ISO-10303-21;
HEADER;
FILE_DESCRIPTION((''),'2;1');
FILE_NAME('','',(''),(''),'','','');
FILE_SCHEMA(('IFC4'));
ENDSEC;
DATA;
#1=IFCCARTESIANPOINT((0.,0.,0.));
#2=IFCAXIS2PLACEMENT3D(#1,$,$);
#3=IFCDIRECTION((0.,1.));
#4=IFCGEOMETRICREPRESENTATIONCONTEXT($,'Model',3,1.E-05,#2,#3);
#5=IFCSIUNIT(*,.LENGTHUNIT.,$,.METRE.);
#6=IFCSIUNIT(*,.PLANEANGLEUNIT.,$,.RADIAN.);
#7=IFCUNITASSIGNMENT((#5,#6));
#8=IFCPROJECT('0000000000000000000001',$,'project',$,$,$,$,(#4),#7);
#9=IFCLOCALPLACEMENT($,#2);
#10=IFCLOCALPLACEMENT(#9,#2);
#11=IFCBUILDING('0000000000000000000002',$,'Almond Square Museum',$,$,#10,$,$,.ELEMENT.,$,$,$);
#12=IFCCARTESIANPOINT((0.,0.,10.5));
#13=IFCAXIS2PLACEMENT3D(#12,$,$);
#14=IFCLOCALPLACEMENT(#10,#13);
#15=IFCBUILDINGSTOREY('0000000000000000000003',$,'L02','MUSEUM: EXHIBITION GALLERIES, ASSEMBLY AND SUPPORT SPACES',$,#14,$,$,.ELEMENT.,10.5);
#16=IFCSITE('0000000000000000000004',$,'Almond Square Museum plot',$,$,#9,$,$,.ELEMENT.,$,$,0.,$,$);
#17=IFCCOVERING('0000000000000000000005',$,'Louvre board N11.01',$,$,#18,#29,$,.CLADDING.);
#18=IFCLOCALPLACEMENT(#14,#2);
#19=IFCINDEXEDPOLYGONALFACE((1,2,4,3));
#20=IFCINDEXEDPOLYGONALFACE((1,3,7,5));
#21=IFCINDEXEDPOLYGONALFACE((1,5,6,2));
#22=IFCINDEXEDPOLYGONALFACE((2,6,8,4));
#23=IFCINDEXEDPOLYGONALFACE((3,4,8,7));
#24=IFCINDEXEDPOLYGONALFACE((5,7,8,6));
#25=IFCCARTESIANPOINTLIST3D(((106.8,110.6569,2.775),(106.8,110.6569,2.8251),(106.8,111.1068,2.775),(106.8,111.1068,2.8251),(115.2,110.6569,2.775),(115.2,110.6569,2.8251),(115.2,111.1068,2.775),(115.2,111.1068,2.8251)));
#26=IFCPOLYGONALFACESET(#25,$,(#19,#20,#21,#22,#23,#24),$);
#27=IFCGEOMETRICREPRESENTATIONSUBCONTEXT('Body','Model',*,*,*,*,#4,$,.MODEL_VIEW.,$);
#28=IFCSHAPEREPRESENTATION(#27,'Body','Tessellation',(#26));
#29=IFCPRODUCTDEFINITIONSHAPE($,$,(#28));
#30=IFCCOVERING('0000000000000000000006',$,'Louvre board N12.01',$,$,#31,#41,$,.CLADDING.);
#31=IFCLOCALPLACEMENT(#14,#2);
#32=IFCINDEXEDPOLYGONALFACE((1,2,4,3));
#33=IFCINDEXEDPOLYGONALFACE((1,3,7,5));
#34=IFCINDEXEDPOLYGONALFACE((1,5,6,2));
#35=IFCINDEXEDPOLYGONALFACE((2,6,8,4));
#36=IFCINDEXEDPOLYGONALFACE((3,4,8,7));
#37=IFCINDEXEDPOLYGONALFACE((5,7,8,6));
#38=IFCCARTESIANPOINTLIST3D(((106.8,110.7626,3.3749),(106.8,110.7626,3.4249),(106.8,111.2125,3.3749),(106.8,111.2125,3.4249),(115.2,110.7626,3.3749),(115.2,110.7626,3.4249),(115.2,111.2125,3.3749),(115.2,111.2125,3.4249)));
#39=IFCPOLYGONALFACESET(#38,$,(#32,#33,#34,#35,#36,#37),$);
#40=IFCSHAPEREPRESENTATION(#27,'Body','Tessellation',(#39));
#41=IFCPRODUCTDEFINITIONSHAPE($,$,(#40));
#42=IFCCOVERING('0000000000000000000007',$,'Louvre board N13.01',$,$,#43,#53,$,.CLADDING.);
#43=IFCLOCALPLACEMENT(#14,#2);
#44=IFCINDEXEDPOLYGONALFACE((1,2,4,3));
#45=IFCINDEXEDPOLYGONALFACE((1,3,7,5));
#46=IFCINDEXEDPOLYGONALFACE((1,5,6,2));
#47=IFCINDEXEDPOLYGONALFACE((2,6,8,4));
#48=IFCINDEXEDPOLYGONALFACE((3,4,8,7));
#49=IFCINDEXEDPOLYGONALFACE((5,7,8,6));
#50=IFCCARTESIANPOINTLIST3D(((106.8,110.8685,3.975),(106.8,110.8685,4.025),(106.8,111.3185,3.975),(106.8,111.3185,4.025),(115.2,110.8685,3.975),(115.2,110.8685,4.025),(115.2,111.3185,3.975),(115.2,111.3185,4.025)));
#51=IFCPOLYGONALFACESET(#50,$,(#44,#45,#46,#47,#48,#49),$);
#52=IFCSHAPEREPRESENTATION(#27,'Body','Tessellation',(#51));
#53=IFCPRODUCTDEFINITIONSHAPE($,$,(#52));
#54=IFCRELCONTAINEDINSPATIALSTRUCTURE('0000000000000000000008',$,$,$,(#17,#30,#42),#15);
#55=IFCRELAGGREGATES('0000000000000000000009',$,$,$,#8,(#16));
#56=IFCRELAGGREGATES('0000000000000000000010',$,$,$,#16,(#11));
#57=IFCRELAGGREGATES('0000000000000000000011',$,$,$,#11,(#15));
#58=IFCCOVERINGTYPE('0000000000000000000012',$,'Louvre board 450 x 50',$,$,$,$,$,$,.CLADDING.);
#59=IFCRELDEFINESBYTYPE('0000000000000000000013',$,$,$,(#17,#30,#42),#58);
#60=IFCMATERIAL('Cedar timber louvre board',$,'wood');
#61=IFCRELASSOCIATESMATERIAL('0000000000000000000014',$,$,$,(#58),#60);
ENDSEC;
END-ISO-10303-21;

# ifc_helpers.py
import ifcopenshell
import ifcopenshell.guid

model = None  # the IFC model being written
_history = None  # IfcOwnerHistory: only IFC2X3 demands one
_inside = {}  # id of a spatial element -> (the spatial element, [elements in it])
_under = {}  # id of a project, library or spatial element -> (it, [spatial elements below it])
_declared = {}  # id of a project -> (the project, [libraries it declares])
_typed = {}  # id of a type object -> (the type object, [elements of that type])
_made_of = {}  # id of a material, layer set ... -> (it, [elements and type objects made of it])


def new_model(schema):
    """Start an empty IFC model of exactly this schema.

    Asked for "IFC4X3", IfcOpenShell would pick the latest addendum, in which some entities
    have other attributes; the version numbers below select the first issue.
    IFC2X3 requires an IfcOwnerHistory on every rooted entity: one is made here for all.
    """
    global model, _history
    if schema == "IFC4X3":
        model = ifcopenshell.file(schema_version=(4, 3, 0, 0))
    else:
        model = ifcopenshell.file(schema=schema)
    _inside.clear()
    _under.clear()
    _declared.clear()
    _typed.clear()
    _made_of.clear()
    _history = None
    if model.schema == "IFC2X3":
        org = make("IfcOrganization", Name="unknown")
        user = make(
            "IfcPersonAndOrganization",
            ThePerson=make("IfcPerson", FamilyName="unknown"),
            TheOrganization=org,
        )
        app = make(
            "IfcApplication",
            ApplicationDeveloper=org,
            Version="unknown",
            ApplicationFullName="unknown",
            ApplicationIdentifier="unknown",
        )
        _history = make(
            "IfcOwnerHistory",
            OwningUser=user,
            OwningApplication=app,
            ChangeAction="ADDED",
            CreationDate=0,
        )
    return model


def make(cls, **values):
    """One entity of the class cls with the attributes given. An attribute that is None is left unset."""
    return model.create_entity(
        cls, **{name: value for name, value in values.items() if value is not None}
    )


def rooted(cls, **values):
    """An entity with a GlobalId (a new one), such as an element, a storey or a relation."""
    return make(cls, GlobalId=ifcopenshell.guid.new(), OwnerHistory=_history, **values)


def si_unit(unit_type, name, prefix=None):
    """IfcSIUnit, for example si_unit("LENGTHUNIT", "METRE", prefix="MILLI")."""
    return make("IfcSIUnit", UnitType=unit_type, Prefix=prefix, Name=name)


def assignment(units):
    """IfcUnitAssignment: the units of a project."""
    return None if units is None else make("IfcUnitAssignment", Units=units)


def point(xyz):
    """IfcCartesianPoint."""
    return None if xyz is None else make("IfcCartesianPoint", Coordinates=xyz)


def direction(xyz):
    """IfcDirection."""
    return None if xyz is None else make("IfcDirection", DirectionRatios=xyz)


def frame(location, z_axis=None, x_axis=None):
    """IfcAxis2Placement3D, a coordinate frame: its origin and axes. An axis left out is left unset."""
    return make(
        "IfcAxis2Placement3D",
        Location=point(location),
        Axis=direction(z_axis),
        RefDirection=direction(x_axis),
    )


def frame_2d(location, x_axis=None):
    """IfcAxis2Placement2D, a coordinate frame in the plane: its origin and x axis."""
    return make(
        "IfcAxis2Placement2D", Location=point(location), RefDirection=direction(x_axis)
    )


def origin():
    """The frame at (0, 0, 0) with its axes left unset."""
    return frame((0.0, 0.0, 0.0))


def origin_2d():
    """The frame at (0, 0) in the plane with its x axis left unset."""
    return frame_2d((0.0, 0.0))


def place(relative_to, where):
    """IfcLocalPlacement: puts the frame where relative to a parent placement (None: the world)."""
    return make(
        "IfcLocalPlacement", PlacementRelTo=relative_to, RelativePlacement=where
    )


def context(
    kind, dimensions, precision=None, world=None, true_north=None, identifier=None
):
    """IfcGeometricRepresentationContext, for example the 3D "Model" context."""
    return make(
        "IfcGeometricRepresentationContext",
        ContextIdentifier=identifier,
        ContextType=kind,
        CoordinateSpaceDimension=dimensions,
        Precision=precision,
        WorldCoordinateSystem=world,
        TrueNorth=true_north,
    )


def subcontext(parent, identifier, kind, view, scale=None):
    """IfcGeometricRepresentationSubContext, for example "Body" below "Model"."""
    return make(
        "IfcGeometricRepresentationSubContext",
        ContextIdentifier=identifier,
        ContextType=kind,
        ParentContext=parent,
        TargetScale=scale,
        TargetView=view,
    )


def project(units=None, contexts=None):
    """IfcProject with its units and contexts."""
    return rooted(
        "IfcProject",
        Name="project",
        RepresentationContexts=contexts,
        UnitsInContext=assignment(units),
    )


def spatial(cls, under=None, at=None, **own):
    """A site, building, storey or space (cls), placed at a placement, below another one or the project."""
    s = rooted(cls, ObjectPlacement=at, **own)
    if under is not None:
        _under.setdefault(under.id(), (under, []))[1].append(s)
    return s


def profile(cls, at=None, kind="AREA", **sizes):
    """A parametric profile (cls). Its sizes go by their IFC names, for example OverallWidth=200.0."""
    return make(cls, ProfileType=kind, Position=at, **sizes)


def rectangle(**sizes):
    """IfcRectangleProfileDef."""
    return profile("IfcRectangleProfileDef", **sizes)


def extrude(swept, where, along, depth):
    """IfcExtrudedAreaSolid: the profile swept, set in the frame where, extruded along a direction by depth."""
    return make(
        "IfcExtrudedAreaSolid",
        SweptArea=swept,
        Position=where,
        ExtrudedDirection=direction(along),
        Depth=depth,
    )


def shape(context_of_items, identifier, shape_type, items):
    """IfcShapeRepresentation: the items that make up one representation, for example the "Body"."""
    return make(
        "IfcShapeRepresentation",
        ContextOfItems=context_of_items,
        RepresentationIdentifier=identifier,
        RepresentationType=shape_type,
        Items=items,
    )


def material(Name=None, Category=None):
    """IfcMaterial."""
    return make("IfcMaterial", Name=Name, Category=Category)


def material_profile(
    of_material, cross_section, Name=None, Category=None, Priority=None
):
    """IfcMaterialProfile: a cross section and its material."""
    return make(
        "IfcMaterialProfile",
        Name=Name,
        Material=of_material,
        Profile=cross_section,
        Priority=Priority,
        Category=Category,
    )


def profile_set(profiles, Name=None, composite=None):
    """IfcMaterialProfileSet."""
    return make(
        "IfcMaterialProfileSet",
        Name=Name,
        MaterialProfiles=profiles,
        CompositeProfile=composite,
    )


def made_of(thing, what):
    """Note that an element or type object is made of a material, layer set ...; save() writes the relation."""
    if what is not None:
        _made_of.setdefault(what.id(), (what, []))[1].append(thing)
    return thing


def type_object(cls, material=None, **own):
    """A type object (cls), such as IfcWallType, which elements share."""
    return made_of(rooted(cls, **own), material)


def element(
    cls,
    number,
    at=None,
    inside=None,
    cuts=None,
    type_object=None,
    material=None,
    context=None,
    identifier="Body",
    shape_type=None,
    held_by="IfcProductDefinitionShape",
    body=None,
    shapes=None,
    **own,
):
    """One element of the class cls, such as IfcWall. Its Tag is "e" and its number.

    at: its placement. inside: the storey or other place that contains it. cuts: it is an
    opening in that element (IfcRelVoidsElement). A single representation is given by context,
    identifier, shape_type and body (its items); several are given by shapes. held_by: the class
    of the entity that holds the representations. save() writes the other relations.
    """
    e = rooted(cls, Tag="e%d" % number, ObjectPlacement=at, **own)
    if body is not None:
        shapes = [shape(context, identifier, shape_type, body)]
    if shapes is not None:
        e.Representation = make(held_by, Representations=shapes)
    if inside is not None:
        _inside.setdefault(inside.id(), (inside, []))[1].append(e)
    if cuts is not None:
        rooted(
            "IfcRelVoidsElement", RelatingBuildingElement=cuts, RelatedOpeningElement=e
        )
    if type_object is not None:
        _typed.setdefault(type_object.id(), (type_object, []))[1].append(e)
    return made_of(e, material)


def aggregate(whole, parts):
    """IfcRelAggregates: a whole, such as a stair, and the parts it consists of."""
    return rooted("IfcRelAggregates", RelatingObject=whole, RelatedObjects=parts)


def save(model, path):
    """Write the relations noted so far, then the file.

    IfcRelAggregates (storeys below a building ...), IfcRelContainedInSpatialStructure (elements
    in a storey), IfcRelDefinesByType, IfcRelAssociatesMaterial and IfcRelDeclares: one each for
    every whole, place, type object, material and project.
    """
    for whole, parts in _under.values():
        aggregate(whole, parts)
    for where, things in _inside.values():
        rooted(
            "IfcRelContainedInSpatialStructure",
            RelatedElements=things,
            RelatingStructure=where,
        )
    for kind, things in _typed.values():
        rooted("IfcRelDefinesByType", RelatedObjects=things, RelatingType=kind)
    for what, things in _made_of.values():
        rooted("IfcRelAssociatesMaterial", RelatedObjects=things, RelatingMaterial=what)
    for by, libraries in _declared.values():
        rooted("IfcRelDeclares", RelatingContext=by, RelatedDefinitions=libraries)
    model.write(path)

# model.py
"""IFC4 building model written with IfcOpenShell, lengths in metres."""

from ifc_helpers import new_model, si_unit, direction, frame, origin, origin_2d, place, context, subcontext, project, spatial, rectangle, extrude, material, material_profile, profile_set, type_object, element, save


model = new_model("IFC4")

# Units and contexts
model_context = context("Model", 3, precision=1e-05, world=origin(), true_north=direction((0.0, 1.0)))
body_context = subcontext(model_context, "Body", "Model", "MODEL_VIEW")
ifc_project = project(units=[si_unit("LENGTHUNIT", "METRE"), si_unit("PLANEANGLEUNIT", "RADIAN")], contexts=[model_context])

# Site, building, storey
site_placement = place(None, origin())
site = spatial("IfcSite", under=ifc_project, at=site_placement, Name="Almond Square Museum plot", CompositionType="ELEMENT", RefElevation=0.0)
building_placement = place(site_placement, origin())
building = spatial("IfcBuilding", under=site, at=building_placement, Name="Almond Square Museum", CompositionType="ELEMENT")
storey_placement = place(building_placement, frame((0.0, 0.0, 10.5)))
storey = spatial("IfcBuildingStorey", under=building, at=storey_placement, Name="L02", Description="MUSEUM: EXHIBITION GALLERIES, ASSEMBLY AND SUPPORT SPACES", CompositionType="ELEMENT", Elevation=10.5)

# Coverings
ifc_material_1 = material(Name="Cedar timber louvre board", Category="wood")
ifc_material_profile_1 = material_profile(ifc_material_1, rectangle(XDim=0.45, YDim=0.05, at=origin_2d()))
ifc_profile_set_1 = profile_set([ifc_material_profile_1], Name="Cedar timber louvre board")
covering_type = type_object("IfcCoveringType", Name="Louvre board 450 x 50", PredefinedType="CLADDING", material=ifc_profile_set_1)
for number, where, z_axis, x_axis, name in (
    (1, (106.8, 110.8818, 2.8), (1.0, 0.0, 0.0), (0.0, 1.0, 0.0), "Louvre board N11.01"),
    (2, (106.8, 110.9875, 3.3999), (1.0, 0.0, 0.0), (0.0, 1.0, 0.0), "Louvre board N12.01"),
    (3, (106.8, 111.0935, 4.0), (1.0, 0.0, 0.0), (0.0, 1.0, 0.0), "Louvre board N13.01"),
):
    element("IfcCovering", number, at=place(storey_placement, frame(where, z_axis=z_axis, x_axis=x_axis)), inside=storey, type_object=covering_type, Name=name, PredefinedType="CLADDING", context=body_context, shape_type="SweptSolid", body=[
        extrude(rectangle(XDim=0.45, YDim=0.05, at=origin_2d()), origin(), (0.0, 0.0, 1.0), 8.3999),
    ])

save(model, "model.ifc")
